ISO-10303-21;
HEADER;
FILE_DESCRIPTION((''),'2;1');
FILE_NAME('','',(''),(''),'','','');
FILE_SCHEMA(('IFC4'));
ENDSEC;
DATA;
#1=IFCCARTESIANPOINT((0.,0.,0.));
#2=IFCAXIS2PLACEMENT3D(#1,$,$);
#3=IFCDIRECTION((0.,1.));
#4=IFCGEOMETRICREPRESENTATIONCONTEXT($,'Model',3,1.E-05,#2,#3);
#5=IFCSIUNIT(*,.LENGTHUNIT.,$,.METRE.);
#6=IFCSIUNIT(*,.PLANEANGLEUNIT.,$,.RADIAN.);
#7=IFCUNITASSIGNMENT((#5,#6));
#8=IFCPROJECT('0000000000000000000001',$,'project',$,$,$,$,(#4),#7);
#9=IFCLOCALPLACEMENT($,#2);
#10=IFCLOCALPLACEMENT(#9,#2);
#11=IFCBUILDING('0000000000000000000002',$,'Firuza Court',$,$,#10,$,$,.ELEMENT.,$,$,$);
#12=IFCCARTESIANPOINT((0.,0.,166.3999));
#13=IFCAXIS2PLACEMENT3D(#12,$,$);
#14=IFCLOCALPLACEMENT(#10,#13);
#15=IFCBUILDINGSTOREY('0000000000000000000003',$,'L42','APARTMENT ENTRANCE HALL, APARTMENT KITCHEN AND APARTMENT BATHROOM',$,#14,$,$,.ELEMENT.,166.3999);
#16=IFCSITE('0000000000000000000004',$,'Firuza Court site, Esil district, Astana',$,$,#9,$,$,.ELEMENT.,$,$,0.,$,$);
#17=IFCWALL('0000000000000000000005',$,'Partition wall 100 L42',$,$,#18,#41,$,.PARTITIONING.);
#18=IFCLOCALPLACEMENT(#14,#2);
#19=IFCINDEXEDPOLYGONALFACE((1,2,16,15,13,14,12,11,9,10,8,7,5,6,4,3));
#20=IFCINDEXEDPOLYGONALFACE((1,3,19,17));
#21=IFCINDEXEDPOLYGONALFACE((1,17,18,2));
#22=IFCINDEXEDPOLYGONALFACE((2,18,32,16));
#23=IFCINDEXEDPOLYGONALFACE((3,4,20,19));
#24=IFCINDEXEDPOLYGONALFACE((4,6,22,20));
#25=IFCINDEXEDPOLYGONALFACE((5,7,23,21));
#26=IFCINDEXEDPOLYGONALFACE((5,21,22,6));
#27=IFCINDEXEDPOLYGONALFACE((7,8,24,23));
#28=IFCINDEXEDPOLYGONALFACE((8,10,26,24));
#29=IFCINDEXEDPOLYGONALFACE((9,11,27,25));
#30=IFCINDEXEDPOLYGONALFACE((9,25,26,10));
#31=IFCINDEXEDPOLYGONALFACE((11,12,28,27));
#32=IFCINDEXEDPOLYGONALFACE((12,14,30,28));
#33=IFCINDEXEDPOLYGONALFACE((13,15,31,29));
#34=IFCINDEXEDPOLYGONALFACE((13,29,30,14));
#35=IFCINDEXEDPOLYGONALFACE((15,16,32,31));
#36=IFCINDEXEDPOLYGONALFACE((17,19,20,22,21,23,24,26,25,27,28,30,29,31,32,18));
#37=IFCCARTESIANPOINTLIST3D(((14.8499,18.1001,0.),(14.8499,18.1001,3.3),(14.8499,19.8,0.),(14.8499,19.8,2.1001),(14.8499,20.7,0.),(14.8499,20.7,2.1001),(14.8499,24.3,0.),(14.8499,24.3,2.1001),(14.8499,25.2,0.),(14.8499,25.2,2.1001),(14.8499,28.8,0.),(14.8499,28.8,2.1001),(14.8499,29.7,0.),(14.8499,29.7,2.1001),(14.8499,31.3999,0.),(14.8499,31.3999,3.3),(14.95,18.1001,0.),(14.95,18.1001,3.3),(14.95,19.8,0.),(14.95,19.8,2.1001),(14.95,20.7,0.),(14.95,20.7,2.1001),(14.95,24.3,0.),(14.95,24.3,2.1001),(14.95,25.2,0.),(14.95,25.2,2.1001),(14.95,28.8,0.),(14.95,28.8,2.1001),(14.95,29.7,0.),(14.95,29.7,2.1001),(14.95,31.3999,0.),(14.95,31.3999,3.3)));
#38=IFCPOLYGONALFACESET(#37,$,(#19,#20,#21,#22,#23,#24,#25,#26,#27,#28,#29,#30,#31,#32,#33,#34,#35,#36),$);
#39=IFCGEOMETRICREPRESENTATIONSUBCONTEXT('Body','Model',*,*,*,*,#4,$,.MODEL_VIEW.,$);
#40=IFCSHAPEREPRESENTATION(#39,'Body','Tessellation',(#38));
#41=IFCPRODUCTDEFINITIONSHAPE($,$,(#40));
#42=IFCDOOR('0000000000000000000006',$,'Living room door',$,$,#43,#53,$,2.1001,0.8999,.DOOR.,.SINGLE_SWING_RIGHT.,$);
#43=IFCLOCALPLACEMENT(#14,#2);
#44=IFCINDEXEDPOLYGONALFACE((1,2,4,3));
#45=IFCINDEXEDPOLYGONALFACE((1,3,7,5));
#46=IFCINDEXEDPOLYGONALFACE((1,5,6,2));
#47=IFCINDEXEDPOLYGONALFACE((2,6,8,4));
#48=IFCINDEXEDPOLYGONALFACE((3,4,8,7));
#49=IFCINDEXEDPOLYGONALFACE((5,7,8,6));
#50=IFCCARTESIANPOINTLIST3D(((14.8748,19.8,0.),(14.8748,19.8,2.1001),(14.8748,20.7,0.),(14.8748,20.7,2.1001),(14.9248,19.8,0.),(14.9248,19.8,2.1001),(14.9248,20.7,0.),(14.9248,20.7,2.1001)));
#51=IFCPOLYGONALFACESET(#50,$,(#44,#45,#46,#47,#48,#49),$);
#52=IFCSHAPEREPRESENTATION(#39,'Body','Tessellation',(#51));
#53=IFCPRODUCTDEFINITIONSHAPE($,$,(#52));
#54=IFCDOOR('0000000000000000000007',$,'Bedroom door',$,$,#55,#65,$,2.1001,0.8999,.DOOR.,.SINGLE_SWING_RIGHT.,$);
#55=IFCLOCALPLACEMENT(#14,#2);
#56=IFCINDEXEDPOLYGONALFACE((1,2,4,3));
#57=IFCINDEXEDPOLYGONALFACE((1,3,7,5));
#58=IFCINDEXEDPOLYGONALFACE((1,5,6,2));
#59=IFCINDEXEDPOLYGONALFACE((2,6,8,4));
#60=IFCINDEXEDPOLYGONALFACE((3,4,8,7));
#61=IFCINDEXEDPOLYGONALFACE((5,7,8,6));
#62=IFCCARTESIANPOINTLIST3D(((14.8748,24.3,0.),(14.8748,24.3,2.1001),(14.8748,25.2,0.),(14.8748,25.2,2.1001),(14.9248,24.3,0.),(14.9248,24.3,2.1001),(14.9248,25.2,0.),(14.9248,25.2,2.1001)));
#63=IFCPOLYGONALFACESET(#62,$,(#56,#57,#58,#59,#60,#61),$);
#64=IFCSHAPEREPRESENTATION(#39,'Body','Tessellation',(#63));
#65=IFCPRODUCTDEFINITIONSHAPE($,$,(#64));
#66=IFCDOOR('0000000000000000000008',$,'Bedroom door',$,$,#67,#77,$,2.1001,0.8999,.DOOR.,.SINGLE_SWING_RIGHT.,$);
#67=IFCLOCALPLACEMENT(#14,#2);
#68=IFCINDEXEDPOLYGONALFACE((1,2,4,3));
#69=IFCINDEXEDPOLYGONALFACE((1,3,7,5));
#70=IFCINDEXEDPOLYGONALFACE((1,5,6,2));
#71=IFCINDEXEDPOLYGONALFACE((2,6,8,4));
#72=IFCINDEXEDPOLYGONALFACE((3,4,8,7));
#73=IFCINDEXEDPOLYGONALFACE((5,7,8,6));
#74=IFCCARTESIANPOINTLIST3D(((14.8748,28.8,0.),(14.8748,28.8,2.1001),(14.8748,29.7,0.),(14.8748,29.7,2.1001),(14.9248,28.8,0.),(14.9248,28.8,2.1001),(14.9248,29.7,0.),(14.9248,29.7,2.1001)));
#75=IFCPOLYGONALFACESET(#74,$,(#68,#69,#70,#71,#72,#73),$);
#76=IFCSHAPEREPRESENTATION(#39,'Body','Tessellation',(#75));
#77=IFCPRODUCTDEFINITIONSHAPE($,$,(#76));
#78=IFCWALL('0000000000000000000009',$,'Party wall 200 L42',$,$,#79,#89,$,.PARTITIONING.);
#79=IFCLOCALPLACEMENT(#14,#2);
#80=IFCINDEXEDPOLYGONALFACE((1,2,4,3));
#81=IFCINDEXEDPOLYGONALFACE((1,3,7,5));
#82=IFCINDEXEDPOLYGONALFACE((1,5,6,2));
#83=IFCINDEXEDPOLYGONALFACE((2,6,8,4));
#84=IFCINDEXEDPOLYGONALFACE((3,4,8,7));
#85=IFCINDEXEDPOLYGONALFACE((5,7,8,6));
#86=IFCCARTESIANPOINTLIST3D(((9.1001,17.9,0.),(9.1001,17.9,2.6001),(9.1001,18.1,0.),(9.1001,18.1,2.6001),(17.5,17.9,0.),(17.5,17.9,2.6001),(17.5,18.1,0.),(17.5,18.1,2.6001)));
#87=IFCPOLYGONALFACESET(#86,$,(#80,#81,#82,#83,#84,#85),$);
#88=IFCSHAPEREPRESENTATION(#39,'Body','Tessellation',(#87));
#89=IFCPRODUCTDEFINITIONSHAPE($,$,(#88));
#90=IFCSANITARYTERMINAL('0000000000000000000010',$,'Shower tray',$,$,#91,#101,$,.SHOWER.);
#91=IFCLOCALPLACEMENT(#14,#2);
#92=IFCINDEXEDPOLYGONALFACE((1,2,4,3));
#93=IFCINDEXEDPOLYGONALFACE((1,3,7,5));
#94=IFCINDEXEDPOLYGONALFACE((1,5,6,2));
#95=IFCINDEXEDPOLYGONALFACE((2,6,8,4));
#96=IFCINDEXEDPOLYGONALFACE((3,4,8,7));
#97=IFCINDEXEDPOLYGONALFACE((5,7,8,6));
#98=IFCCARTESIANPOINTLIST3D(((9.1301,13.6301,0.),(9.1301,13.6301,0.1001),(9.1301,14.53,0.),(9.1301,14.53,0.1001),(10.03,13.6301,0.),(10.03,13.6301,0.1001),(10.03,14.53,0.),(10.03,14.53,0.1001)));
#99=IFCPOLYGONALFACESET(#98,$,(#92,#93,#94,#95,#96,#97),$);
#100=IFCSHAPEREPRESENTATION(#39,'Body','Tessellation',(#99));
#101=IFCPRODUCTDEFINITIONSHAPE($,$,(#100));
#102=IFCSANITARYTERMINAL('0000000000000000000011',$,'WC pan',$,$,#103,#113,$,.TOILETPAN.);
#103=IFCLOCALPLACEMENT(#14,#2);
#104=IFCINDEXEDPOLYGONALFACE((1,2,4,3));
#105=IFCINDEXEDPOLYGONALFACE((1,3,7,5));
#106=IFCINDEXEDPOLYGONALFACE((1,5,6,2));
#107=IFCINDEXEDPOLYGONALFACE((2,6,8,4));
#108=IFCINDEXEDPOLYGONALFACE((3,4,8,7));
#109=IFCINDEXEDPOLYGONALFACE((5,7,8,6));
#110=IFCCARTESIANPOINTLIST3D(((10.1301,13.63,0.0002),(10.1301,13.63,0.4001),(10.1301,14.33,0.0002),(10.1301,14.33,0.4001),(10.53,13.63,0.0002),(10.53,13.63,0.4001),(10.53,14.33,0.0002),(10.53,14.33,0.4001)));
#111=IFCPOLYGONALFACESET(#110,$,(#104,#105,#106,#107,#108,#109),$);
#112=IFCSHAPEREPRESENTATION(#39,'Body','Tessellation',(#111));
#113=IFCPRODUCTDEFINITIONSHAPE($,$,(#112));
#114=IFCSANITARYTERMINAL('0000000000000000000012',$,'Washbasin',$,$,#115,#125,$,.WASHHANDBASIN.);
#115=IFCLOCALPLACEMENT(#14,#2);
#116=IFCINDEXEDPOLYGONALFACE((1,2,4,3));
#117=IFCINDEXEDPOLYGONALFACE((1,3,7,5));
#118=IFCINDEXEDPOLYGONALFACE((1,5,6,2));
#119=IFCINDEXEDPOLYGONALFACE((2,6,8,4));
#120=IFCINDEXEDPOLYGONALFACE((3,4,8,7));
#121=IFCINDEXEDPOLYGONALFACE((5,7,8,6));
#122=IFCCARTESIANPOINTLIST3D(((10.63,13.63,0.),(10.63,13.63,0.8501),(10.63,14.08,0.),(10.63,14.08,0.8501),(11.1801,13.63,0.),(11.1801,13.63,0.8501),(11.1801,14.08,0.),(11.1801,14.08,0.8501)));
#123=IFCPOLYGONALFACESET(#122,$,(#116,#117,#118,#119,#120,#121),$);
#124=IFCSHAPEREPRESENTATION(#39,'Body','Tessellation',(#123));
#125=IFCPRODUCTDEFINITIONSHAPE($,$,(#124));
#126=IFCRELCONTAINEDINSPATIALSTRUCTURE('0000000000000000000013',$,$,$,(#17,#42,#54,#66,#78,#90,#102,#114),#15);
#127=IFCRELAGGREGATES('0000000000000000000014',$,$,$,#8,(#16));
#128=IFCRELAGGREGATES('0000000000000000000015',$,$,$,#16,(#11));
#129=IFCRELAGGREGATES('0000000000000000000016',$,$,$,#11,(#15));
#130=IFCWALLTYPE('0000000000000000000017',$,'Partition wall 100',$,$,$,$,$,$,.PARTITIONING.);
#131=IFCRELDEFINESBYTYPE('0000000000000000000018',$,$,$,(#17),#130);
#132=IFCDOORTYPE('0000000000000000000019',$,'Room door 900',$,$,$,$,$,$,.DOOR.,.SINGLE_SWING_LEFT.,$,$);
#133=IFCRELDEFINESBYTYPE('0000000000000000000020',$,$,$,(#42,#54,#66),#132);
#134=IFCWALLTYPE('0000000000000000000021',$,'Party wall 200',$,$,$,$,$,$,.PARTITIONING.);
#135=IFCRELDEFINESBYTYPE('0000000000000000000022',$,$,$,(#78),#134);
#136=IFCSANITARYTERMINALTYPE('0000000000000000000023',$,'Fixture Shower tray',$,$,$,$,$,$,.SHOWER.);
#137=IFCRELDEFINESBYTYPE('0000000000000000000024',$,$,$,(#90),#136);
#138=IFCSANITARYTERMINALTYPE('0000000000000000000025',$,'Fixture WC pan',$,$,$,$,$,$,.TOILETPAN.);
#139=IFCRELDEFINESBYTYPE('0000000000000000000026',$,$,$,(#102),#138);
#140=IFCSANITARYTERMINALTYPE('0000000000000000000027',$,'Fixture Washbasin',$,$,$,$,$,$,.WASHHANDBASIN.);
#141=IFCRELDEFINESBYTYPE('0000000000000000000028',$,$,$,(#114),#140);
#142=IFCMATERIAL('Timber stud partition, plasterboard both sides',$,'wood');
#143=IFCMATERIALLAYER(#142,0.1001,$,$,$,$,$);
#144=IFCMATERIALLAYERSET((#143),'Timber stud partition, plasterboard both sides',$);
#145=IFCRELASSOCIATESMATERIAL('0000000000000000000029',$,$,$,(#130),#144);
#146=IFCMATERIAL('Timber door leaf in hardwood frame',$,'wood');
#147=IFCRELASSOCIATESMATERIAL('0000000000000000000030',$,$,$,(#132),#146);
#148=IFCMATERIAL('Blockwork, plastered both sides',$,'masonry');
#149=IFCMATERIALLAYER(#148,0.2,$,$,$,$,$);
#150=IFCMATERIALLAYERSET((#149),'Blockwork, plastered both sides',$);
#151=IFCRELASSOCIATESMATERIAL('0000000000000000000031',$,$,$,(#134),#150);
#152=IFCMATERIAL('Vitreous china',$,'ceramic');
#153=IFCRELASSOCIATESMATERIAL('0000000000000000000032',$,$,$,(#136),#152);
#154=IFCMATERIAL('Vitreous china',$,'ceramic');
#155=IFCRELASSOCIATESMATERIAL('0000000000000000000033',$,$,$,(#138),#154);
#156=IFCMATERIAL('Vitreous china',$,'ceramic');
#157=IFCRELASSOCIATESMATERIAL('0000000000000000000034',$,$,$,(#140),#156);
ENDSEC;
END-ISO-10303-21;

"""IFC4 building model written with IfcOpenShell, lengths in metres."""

from ifc_helpers import new_model, si_unit, direction, frame, frame_2d, origin, origin_2d, place, context, subcontext, project, spatial, rectangle, extrude, material, layer, layer_set, type_object, element, fill, save


model = new_model("IFC4")

# Units and contexts
model_context = context("Model", 3, precision=1e-05, world=origin(), true_north=direction((0.0, 1.0)))
body_context = subcontext(model_context, "Body", "Model", "MODEL_VIEW")
ifc_project = project(units=[si_unit("LENGTHUNIT", "METRE"), si_unit("PLANEANGLEUNIT", "RADIAN")], contexts=[model_context])

# Site, building, storey
site_placement = place(None, origin())
site = spatial("IfcSite", under=ifc_project, at=site_placement, Name="Firuza Court site, Esil district, Astana", CompositionType="ELEMENT", RefElevation=0.0)
building_placement = place(site_placement, origin())
building = spatial("IfcBuilding", under=site, at=building_placement, Name="Firuza Court", CompositionType="ELEMENT")
storey_placement = place(building_placement, frame((0.0, 0.0, 166.3999)))
storey = spatial("IfcBuildingStorey", under=building, at=storey_placement, Name="L42", Description="APARTMENT ENTRANCE HALL, APARTMENT KITCHEN AND APARTMENT BATHROOM", CompositionType="ELEMENT", Elevation=166.3999)

# Shared definitions
ifc_material_1 = material(Name="Timber stud partition, plasterboard both sides", Category="wood")
ifc_layer_1 = layer(ifc_material_1, 0.1001)
ifc_layer_set_1 = layer_set([ifc_layer_1], Name="Timber stud partition, plasterboard both sides")
wall_type_1 = type_object("IfcWallType", Name="Partition wall 100", PredefinedType="PARTITIONING", material=ifc_layer_set_1)

# Wall, openings, doors
wall_1_placement = place(storey_placement, frame((14.8999, 18.1001, 0.0), z_axis=(0.0, 0.0, 1.0), x_axis=(0.0, 1.0, 0.0)))
wall_1 = element("IfcWall", 1, at=wall_1_placement, inside=storey, type_object=wall_type_1, Name="Partition wall 100 L42", PredefinedType="PARTITIONING", context=body_context, shape_type="SweptSolid", body=[
    extrude(rectangle(XDim=13.2998, YDim=0.1001, at=frame_2d((6.6499, 0.0))), origin(), (0.0, 0.0, 1.0), 3.3),
])
opening_1_placement = place(wall_1_placement, frame((1.7, 0.0, 0.0)))
opening_1 = element("IfcOpeningElement", 2, at=opening_1_placement, cuts=wall_1, PredefinedType="OPENING", context=body_context, shape_type="SweptSolid", body=[
    extrude(rectangle(XDim=0.8999, YDim=2.1001, at=frame_2d((0.45, 1.05))), frame((0.0, 0.062, 0.0), z_axis=(0.0, -1.0, 0.0), x_axis=(1.0, 0.0, 0.0)), (0.0, 0.0, 1.0), 0.124),
])
opening_2_placement = place(wall_1_placement, frame((6.2, 0.0, 0.0)))
opening_2 = element("IfcOpeningElement", 3, at=opening_2_placement, cuts=wall_1, PredefinedType="OPENING", context=body_context, shape_type="SweptSolid", body=[
    extrude(rectangle(XDim=0.8999, YDim=2.1001, at=frame_2d((0.45, 1.05))), frame((0.0, 0.062, 0.0), z_axis=(0.0, -1.0, 0.0), x_axis=(1.0, 0.0, 0.0)), (0.0, 0.0, 1.0), 0.124),
])
opening_3_placement = place(wall_1_placement, frame((10.7, 0.0, 0.0)))
opening_3 = element("IfcOpeningElement", 4, at=opening_3_placement, cuts=wall_1, PredefinedType="OPENING", context=body_context, shape_type="SweptSolid", body=[
    extrude(rectangle(XDim=0.8999, YDim=2.1001, at=frame_2d((0.45, 1.05))), frame((0.0, 0.062, 0.0), z_axis=(0.0, -1.0, 0.0), x_axis=(1.0, 0.0, 0.0)), (0.0, 0.0, 1.0), 0.124),
])
ifc_material_2 = material(Name="Timber door leaf in hardwood frame", Category="wood")
door_type_1 = type_object("IfcDoorType", Name="Room door 900", OperationType="SINGLE_SWING_LEFT", PredefinedType="DOOR", material=ifc_material_2)
door_1_placement = place(opening_1_placement, frame((0.8999, 0.0, 0.0), z_axis=(0.0, 0.0, 1.0), x_axis=(-1.0, 0.0, 0.0)))
door_1 = element("IfcDoor", 5, at=door_1_placement, inside=storey, type_object=door_type_1, Name="Living room door", OperationType="SINGLE_SWING_RIGHT", OverallHeight=2.1001, OverallWidth=0.8999, PredefinedType="DOOR", context=body_context, shape_type="SweptSolid", body=[
    extrude(rectangle(XDim=0.8999, YDim=2.1001, at=frame_2d((0.45, 1.05))), frame((0.0, 0.0249, 0.0), z_axis=(0.0, -1.0, 0.0), x_axis=(1.0, 0.0, 0.0)), (0.0, 0.0, 1.0), 0.05),
])
fill(opening_1, door_1)
door_2_placement = place(opening_2_placement, frame((0.8999, 0.0, 0.0), z_axis=(0.0, 0.0, 1.0), x_axis=(-1.0, 0.0, 0.0)))
door_2 = element("IfcDoor", 6, at=door_2_placement, inside=storey, type_object=door_type_1, Name="Bedroom door", OperationType="SINGLE_SWING_RIGHT", OverallHeight=2.1001, OverallWidth=0.8999, PredefinedType="DOOR", context=body_context, shape_type="SweptSolid", body=[
    extrude(rectangle(XDim=0.8999, YDim=2.1001, at=frame_2d((0.45, 1.05))), frame((0.0, 0.0249, 0.0), z_axis=(0.0, -1.0, 0.0), x_axis=(1.0, 0.0, 0.0)), (0.0, 0.0, 1.0), 0.05),
])
fill(opening_2, door_2)
door_3_placement = place(opening_3_placement, frame((0.8999, 0.0, 0.0), z_axis=(0.0, 0.0, 1.0), x_axis=(-1.0, 0.0, 0.0)))
door_3 = element("IfcDoor", 7, at=door_3_placement, inside=storey, type_object=door_type_1, Name="Bedroom door", OperationType="SINGLE_SWING_RIGHT", OverallHeight=2.1001, OverallWidth=0.8999, PredefinedType="DOOR", context=body_context, shape_type="SweptSolid", body=[
    extrude(rectangle(XDim=0.8999, YDim=2.1001, at=frame_2d((0.45, 1.05))), frame((0.0, 0.0249, 0.0), z_axis=(0.0, -1.0, 0.0), x_axis=(1.0, 0.0, 0.0)), (0.0, 0.0, 1.0), 0.05),
])
fill(opening_3, door_3)

# Wall
ifc_material_3 = material(Name="Blockwork, plastered both sides", Category="masonry")
ifc_layer_2 = layer(ifc_material_3, 0.2)
ifc_layer_set_2 = layer_set([ifc_layer_2], Name="Blockwork, plastered both sides")
wall_type_2 = type_object("IfcWallType", Name="Party wall 200", PredefinedType="PARTITIONING", material=ifc_layer_set_2)
wall_2_placement = place(storey_placement, frame((9.1001, 18.0, 0.0), z_axis=(0.0, 0.0, 1.0), x_axis=(1.0, 0.0, 0.0)))
element("IfcWall", 8, at=wall_2_placement, inside=storey, type_object=wall_type_2, Name="Party wall 200 L42", PredefinedType="PARTITIONING", context=body_context, shape_type="SweptSolid", body=[
    extrude(rectangle(XDim=8.3999, YDim=0.2, at=frame_2d((4.2, 0.0))), origin(), (0.0, 0.0, 1.0), 2.6001),
])

# Sanitary terminals
ifc_material_4 = material(Name="Vitreous china", Category="ceramic")
sanitary_terminal_type_1 = type_object("IfcSanitaryTerminalType", Name="Fixture Shower tray", PredefinedType="SHOWER", material=ifc_material_4)
sanitary_terminal_1_placement = place(storey_placement, frame((9.5801, 14.0801, 0.0), z_axis=(0.0, 0.0, 1.0), x_axis=(1.0, 0.0, 0.0)))
element("IfcSanitaryTerminal", 9, at=sanitary_terminal_1_placement, inside=storey, type_object=sanitary_terminal_type_1, Name="Shower tray", PredefinedType="SHOWER", context=body_context, shape_type="SweptSolid", body=[
    extrude(rectangle(XDim=0.8999, YDim=0.8999, at=origin_2d()), origin(), (0.0, 0.0, 1.0), 0.1001),
])
ifc_material_5 = material(Name="Vitreous china", Category="ceramic")
sanitary_terminal_type_2 = type_object("IfcSanitaryTerminalType", Name="Fixture WC pan", PredefinedType="TOILETPAN", material=ifc_material_5)
sanitary_terminal_2_placement = place(storey_placement, frame((10.3301, 13.98, 0.0002), z_axis=(0.0, 0.0, 1.0), x_axis=(1.0, 0.0, 0.0)))
element("IfcSanitaryTerminal", 10, at=sanitary_terminal_2_placement, inside=storey, type_object=sanitary_terminal_type_2, Name="WC pan", PredefinedType="TOILETPAN", context=body_context, shape_type="SweptSolid", body=[
    extrude(rectangle(XDim=0.3999, YDim=0.7, at=origin_2d()), origin(), (0.0, 0.0, 1.0), 0.3999),
])
ifc_material_6 = material(Name="Vitreous china", Category="ceramic")
sanitary_terminal_type_3 = type_object("IfcSanitaryTerminalType", Name="Fixture Washbasin", PredefinedType="WASHHANDBASIN", material=ifc_material_6)
sanitary_terminal_3_placement = place(storey_placement, frame((10.905, 13.855, 0.0), z_axis=(0.0, 0.0, 1.0), x_axis=(1.0, 0.0, 0.0)))
element("IfcSanitaryTerminal", 11, at=sanitary_terminal_3_placement, inside=storey, type_object=sanitary_terminal_type_3, Name="Washbasin", PredefinedType="WASHHANDBASIN", context=body_context, shape_type="SweptSolid", body=[
    extrude(rectangle(XDim=0.55, YDim=0.45, at=origin_2d()), origin(), (0.0, 0.0, 1.0), 0.8501),
])

save(model, "model.ifc")
